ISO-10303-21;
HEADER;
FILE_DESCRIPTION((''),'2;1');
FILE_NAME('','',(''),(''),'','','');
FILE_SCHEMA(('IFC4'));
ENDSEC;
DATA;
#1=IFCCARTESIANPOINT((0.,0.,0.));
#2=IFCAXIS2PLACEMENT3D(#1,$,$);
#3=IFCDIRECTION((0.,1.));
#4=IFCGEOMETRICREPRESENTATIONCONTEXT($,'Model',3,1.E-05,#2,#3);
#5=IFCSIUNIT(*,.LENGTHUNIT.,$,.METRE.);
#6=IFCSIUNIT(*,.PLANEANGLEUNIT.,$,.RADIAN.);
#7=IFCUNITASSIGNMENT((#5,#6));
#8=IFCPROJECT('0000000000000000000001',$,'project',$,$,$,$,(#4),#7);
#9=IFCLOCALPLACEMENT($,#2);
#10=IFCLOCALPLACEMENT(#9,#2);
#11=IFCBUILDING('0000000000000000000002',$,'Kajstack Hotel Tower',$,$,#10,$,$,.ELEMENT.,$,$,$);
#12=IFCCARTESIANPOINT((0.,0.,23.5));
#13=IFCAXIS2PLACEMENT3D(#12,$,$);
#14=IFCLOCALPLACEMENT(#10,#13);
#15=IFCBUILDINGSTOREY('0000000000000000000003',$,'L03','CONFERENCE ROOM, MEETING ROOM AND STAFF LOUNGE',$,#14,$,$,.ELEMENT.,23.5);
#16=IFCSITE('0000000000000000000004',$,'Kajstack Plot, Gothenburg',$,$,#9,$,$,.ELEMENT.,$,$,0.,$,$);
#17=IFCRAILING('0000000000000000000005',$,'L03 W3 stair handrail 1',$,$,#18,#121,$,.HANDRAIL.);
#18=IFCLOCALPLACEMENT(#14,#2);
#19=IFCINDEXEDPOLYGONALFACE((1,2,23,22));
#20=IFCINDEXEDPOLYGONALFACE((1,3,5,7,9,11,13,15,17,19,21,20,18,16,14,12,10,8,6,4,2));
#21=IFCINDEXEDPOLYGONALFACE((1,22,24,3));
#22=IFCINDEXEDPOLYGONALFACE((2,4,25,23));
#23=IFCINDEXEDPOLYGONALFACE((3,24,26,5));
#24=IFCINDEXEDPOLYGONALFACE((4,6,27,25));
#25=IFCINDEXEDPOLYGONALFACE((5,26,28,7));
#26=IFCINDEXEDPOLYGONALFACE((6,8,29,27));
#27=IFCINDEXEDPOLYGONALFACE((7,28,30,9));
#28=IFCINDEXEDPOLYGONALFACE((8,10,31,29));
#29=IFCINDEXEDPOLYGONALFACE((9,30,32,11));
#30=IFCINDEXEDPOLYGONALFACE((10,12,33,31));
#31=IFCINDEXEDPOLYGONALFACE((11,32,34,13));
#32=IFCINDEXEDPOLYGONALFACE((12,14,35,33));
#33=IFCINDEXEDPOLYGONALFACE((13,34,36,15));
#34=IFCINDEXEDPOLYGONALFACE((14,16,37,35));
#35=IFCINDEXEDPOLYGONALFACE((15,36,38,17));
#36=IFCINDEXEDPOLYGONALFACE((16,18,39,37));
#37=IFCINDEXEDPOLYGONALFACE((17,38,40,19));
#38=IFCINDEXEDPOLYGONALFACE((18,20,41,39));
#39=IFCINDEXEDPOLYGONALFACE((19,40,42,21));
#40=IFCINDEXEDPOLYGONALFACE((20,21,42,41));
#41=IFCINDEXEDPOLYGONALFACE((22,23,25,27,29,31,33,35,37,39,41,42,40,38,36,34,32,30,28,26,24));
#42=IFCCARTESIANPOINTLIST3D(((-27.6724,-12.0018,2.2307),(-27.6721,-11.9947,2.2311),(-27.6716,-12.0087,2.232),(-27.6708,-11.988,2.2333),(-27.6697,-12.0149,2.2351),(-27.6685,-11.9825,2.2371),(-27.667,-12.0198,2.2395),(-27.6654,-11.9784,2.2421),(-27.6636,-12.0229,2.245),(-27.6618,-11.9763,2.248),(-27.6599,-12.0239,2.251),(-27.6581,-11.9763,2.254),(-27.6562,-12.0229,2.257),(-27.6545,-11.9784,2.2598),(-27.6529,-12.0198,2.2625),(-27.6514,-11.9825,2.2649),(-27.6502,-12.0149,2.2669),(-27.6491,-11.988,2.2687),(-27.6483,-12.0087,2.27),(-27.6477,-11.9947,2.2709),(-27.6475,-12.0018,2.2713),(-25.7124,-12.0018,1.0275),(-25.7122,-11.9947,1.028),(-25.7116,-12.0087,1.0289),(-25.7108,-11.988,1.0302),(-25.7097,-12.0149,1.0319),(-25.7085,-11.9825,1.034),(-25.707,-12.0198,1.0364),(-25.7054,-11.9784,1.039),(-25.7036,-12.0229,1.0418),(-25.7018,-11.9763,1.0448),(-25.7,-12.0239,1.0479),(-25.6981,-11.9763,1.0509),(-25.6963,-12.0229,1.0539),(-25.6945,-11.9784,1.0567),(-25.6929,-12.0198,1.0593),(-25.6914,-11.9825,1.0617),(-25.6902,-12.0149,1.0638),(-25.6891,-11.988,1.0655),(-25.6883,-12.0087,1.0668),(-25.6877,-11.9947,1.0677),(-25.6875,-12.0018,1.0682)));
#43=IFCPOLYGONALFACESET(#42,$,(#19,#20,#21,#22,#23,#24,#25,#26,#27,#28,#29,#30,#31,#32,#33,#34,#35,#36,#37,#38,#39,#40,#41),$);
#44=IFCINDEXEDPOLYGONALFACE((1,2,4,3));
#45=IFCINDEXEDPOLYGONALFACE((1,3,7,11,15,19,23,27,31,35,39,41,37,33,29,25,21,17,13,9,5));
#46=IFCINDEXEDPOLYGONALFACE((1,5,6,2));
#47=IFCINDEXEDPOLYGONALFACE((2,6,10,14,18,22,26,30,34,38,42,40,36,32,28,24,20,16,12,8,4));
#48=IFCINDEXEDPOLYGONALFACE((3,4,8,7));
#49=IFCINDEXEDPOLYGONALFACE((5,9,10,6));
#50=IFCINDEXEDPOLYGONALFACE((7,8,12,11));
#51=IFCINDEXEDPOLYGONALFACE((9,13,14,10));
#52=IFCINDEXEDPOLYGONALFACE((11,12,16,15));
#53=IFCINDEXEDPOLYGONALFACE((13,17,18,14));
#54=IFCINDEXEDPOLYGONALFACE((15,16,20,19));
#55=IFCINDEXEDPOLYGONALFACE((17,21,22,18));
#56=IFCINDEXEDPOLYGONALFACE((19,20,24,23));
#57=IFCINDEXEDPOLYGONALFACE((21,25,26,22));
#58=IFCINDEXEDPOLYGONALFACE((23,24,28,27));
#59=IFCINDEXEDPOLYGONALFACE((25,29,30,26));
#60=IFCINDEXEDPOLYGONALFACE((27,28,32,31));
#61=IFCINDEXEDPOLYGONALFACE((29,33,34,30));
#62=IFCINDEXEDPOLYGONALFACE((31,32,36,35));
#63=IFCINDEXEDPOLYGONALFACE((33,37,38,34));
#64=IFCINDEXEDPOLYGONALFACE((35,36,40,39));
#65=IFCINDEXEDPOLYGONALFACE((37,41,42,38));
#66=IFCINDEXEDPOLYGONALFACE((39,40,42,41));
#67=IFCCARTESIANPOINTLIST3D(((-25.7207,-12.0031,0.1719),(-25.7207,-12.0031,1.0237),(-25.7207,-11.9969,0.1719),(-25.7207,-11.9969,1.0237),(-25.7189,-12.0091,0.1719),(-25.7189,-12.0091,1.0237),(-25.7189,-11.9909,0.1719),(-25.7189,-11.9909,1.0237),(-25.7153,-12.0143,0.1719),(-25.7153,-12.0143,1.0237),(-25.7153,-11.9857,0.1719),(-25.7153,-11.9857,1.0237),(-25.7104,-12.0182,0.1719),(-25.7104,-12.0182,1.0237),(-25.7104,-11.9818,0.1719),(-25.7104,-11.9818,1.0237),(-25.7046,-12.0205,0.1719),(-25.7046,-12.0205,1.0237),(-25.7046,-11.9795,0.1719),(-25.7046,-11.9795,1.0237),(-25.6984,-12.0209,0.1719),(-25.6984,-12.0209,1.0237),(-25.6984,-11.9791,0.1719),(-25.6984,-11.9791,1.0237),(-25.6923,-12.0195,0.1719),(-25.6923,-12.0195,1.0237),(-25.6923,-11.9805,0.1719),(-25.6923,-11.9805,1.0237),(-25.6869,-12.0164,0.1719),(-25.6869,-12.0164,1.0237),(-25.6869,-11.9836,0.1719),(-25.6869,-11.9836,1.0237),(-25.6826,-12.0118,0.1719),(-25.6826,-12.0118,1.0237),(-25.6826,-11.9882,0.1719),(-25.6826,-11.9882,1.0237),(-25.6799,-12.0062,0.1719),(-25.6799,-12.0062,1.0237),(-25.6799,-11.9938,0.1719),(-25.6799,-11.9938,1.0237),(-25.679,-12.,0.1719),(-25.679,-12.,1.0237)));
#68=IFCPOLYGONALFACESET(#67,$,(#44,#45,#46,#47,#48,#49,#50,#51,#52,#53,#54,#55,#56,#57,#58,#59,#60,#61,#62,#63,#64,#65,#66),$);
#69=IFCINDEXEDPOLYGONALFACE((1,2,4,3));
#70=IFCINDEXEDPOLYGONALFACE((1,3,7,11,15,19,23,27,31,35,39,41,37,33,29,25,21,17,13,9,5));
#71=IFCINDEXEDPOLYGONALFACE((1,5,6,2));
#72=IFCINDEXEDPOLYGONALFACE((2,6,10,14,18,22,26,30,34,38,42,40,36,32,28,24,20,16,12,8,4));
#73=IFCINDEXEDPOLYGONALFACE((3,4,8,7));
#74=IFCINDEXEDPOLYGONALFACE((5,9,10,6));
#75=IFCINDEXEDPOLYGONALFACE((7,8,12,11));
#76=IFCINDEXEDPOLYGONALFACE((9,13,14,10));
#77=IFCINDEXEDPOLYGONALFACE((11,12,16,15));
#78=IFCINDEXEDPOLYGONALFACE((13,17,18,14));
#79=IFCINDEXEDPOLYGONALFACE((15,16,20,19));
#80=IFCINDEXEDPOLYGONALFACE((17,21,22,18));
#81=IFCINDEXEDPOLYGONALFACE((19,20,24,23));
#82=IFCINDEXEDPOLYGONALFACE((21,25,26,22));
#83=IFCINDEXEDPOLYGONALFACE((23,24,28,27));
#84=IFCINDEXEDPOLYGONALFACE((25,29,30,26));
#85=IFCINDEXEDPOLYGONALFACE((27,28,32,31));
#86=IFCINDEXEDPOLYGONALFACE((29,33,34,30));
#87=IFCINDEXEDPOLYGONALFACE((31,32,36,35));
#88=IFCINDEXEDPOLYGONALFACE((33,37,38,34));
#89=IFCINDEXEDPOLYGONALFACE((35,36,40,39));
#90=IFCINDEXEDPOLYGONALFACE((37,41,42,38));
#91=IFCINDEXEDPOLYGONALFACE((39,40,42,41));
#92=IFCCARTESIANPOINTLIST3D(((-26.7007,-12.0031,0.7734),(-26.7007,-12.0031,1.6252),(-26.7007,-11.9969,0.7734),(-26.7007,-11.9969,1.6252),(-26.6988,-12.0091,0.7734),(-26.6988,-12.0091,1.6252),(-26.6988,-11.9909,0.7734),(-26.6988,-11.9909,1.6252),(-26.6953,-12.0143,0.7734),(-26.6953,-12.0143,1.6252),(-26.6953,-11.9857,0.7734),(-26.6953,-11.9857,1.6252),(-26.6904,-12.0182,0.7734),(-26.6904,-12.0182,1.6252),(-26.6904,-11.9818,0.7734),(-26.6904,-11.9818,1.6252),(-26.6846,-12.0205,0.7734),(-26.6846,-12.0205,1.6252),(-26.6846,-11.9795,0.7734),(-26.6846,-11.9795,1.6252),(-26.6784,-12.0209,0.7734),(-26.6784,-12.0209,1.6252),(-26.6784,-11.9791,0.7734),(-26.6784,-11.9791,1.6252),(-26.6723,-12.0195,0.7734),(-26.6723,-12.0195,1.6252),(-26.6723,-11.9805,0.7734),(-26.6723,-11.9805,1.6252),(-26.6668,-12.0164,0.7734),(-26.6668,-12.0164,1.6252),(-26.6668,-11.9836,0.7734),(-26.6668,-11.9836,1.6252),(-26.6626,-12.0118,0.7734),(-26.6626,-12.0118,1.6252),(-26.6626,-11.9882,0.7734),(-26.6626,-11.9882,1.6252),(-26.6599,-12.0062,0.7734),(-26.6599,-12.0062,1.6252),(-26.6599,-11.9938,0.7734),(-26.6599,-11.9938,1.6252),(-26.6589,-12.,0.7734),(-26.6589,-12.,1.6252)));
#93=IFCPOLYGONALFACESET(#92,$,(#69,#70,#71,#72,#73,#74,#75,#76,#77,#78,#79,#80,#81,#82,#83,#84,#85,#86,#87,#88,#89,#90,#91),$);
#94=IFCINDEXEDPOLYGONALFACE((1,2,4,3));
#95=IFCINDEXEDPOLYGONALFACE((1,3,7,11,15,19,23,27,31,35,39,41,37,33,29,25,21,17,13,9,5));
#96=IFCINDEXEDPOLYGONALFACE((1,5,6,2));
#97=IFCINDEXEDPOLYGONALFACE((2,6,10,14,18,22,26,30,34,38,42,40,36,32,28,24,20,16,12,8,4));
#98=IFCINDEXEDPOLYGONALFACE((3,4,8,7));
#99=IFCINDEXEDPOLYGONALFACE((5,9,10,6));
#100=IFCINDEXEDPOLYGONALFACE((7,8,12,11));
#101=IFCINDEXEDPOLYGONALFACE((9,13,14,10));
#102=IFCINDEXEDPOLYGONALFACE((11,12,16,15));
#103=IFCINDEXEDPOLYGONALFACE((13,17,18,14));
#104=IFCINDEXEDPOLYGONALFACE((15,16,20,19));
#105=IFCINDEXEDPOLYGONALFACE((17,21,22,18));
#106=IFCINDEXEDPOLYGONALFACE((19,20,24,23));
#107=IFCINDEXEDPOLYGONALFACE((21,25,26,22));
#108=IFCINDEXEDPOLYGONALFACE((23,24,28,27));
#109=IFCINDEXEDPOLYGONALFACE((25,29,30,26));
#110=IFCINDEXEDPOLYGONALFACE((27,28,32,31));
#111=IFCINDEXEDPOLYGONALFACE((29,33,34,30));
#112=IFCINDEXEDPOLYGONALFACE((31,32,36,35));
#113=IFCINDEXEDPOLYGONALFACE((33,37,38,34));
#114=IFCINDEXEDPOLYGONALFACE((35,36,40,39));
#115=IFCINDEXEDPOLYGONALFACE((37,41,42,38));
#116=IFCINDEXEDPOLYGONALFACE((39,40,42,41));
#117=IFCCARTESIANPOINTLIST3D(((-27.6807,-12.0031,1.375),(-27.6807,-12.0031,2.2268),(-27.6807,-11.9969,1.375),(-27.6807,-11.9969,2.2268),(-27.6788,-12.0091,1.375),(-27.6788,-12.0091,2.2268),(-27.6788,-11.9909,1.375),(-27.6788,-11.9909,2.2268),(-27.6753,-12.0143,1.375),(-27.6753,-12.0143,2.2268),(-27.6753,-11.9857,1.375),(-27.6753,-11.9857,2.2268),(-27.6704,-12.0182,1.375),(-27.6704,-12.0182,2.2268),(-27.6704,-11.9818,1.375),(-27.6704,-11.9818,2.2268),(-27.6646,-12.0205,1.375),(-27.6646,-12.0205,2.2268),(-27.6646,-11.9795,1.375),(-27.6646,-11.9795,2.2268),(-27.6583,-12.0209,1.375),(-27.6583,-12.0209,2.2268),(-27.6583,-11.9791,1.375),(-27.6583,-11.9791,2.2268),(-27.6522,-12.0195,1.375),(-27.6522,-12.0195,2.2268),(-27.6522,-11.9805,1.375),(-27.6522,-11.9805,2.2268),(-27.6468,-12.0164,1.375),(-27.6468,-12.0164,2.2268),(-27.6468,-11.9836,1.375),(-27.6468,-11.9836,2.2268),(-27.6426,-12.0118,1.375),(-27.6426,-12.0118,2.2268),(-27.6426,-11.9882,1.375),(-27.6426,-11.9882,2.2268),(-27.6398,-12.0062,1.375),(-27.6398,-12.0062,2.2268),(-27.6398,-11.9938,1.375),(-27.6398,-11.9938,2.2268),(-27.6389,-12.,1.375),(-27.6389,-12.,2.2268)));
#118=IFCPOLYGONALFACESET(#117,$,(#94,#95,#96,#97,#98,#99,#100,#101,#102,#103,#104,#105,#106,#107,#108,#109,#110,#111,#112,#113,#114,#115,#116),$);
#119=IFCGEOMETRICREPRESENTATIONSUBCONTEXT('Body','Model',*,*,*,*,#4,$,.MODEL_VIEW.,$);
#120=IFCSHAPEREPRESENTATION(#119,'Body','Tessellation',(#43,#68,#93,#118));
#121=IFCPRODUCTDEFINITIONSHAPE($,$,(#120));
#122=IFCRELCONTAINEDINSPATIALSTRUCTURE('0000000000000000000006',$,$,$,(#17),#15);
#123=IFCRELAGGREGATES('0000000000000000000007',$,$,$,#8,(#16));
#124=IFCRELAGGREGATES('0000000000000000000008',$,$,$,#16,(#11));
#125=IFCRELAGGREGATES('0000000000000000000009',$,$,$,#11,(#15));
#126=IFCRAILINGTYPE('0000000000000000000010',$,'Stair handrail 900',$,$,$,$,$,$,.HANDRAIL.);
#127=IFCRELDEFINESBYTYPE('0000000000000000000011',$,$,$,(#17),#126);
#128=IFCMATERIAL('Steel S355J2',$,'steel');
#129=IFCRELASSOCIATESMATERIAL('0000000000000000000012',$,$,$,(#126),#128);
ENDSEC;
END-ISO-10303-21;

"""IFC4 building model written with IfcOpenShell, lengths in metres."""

from ifc_helpers import new_model, si_unit, direction, frame, origin, origin_2d, place, context, subcontext, project, spatial, circle, extrude, material, type_object, element, save


model = new_model("IFC4")

# Units and contexts
model_context = context("Model", 3, precision=1e-05, world=origin(), true_north=direction((0.0, 1.0)))
body_context = subcontext(model_context, "Body", "Model", "MODEL_VIEW")
ifc_project = project(units=[si_unit("LENGTHUNIT", "METRE"), si_unit("PLANEANGLEUNIT", "RADIAN")], contexts=[model_context])

# Site, building, storey
site_placement = place(None, origin())
site = spatial("IfcSite", under=ifc_project, at=site_placement, Name="Kajstack Plot, Gothenburg", CompositionType="ELEMENT", RefElevation=0.0)
building_placement = place(site_placement, origin())
building = spatial("IfcBuilding", under=site, at=building_placement, Name="Kajstack Hotel Tower", CompositionType="ELEMENT")
storey_placement = place(building_placement, frame((0.0, 0.0, 23.5)))
storey = spatial("IfcBuildingStorey", under=building, at=storey_placement, Name="L03", Description="CONFERENCE ROOM, MEETING ROOM AND STAFF LOUNGE", CompositionType="ELEMENT", Elevation=23.5)

# Railing
ifc_material_1 = material(Name="Steel S355J2", Category="steel")
railing_type_1 = type_object("IfcRailingType", Name="Stair handrail 900", PredefinedType="HANDRAIL", material=ifc_material_1)
railing_1_placement = place(storey_placement, frame((-25.7, -12.0, 0.1719)))
element("IfcRailing", 1, at=railing_1_placement, inside=storey, type_object=railing_type_1, Name="L03 W3 stair handrail 1", PredefinedType="HANDRAIL", context=body_context, shape_type="SweptSolid", body=[
    extrude(circle(Radius=0.0239, at=origin_2d()), frame((0.0, 0.0, 0.876), z_axis=(-0.852241, 0.0, 0.523149), x_axis=(0.0, -1.0, 0.0)), (0.0, 0.0, 1.0), 2.2998),
    extrude(circle(Radius=0.021, at=origin_2d()), origin(), (0.0, 0.0, 1.0), 0.8518),
    extrude(circle(Radius=0.021, at=origin_2d()), frame((-0.98, 0.0, 0.6016)), (0.0, 0.0, 1.0), 0.8518),
    extrude(circle(Radius=0.021, at=origin_2d()), frame((-1.96, 0.0, 1.2031)), (0.0, 0.0, 1.0), 0.8518),
])

save(model, "model.ifc")
